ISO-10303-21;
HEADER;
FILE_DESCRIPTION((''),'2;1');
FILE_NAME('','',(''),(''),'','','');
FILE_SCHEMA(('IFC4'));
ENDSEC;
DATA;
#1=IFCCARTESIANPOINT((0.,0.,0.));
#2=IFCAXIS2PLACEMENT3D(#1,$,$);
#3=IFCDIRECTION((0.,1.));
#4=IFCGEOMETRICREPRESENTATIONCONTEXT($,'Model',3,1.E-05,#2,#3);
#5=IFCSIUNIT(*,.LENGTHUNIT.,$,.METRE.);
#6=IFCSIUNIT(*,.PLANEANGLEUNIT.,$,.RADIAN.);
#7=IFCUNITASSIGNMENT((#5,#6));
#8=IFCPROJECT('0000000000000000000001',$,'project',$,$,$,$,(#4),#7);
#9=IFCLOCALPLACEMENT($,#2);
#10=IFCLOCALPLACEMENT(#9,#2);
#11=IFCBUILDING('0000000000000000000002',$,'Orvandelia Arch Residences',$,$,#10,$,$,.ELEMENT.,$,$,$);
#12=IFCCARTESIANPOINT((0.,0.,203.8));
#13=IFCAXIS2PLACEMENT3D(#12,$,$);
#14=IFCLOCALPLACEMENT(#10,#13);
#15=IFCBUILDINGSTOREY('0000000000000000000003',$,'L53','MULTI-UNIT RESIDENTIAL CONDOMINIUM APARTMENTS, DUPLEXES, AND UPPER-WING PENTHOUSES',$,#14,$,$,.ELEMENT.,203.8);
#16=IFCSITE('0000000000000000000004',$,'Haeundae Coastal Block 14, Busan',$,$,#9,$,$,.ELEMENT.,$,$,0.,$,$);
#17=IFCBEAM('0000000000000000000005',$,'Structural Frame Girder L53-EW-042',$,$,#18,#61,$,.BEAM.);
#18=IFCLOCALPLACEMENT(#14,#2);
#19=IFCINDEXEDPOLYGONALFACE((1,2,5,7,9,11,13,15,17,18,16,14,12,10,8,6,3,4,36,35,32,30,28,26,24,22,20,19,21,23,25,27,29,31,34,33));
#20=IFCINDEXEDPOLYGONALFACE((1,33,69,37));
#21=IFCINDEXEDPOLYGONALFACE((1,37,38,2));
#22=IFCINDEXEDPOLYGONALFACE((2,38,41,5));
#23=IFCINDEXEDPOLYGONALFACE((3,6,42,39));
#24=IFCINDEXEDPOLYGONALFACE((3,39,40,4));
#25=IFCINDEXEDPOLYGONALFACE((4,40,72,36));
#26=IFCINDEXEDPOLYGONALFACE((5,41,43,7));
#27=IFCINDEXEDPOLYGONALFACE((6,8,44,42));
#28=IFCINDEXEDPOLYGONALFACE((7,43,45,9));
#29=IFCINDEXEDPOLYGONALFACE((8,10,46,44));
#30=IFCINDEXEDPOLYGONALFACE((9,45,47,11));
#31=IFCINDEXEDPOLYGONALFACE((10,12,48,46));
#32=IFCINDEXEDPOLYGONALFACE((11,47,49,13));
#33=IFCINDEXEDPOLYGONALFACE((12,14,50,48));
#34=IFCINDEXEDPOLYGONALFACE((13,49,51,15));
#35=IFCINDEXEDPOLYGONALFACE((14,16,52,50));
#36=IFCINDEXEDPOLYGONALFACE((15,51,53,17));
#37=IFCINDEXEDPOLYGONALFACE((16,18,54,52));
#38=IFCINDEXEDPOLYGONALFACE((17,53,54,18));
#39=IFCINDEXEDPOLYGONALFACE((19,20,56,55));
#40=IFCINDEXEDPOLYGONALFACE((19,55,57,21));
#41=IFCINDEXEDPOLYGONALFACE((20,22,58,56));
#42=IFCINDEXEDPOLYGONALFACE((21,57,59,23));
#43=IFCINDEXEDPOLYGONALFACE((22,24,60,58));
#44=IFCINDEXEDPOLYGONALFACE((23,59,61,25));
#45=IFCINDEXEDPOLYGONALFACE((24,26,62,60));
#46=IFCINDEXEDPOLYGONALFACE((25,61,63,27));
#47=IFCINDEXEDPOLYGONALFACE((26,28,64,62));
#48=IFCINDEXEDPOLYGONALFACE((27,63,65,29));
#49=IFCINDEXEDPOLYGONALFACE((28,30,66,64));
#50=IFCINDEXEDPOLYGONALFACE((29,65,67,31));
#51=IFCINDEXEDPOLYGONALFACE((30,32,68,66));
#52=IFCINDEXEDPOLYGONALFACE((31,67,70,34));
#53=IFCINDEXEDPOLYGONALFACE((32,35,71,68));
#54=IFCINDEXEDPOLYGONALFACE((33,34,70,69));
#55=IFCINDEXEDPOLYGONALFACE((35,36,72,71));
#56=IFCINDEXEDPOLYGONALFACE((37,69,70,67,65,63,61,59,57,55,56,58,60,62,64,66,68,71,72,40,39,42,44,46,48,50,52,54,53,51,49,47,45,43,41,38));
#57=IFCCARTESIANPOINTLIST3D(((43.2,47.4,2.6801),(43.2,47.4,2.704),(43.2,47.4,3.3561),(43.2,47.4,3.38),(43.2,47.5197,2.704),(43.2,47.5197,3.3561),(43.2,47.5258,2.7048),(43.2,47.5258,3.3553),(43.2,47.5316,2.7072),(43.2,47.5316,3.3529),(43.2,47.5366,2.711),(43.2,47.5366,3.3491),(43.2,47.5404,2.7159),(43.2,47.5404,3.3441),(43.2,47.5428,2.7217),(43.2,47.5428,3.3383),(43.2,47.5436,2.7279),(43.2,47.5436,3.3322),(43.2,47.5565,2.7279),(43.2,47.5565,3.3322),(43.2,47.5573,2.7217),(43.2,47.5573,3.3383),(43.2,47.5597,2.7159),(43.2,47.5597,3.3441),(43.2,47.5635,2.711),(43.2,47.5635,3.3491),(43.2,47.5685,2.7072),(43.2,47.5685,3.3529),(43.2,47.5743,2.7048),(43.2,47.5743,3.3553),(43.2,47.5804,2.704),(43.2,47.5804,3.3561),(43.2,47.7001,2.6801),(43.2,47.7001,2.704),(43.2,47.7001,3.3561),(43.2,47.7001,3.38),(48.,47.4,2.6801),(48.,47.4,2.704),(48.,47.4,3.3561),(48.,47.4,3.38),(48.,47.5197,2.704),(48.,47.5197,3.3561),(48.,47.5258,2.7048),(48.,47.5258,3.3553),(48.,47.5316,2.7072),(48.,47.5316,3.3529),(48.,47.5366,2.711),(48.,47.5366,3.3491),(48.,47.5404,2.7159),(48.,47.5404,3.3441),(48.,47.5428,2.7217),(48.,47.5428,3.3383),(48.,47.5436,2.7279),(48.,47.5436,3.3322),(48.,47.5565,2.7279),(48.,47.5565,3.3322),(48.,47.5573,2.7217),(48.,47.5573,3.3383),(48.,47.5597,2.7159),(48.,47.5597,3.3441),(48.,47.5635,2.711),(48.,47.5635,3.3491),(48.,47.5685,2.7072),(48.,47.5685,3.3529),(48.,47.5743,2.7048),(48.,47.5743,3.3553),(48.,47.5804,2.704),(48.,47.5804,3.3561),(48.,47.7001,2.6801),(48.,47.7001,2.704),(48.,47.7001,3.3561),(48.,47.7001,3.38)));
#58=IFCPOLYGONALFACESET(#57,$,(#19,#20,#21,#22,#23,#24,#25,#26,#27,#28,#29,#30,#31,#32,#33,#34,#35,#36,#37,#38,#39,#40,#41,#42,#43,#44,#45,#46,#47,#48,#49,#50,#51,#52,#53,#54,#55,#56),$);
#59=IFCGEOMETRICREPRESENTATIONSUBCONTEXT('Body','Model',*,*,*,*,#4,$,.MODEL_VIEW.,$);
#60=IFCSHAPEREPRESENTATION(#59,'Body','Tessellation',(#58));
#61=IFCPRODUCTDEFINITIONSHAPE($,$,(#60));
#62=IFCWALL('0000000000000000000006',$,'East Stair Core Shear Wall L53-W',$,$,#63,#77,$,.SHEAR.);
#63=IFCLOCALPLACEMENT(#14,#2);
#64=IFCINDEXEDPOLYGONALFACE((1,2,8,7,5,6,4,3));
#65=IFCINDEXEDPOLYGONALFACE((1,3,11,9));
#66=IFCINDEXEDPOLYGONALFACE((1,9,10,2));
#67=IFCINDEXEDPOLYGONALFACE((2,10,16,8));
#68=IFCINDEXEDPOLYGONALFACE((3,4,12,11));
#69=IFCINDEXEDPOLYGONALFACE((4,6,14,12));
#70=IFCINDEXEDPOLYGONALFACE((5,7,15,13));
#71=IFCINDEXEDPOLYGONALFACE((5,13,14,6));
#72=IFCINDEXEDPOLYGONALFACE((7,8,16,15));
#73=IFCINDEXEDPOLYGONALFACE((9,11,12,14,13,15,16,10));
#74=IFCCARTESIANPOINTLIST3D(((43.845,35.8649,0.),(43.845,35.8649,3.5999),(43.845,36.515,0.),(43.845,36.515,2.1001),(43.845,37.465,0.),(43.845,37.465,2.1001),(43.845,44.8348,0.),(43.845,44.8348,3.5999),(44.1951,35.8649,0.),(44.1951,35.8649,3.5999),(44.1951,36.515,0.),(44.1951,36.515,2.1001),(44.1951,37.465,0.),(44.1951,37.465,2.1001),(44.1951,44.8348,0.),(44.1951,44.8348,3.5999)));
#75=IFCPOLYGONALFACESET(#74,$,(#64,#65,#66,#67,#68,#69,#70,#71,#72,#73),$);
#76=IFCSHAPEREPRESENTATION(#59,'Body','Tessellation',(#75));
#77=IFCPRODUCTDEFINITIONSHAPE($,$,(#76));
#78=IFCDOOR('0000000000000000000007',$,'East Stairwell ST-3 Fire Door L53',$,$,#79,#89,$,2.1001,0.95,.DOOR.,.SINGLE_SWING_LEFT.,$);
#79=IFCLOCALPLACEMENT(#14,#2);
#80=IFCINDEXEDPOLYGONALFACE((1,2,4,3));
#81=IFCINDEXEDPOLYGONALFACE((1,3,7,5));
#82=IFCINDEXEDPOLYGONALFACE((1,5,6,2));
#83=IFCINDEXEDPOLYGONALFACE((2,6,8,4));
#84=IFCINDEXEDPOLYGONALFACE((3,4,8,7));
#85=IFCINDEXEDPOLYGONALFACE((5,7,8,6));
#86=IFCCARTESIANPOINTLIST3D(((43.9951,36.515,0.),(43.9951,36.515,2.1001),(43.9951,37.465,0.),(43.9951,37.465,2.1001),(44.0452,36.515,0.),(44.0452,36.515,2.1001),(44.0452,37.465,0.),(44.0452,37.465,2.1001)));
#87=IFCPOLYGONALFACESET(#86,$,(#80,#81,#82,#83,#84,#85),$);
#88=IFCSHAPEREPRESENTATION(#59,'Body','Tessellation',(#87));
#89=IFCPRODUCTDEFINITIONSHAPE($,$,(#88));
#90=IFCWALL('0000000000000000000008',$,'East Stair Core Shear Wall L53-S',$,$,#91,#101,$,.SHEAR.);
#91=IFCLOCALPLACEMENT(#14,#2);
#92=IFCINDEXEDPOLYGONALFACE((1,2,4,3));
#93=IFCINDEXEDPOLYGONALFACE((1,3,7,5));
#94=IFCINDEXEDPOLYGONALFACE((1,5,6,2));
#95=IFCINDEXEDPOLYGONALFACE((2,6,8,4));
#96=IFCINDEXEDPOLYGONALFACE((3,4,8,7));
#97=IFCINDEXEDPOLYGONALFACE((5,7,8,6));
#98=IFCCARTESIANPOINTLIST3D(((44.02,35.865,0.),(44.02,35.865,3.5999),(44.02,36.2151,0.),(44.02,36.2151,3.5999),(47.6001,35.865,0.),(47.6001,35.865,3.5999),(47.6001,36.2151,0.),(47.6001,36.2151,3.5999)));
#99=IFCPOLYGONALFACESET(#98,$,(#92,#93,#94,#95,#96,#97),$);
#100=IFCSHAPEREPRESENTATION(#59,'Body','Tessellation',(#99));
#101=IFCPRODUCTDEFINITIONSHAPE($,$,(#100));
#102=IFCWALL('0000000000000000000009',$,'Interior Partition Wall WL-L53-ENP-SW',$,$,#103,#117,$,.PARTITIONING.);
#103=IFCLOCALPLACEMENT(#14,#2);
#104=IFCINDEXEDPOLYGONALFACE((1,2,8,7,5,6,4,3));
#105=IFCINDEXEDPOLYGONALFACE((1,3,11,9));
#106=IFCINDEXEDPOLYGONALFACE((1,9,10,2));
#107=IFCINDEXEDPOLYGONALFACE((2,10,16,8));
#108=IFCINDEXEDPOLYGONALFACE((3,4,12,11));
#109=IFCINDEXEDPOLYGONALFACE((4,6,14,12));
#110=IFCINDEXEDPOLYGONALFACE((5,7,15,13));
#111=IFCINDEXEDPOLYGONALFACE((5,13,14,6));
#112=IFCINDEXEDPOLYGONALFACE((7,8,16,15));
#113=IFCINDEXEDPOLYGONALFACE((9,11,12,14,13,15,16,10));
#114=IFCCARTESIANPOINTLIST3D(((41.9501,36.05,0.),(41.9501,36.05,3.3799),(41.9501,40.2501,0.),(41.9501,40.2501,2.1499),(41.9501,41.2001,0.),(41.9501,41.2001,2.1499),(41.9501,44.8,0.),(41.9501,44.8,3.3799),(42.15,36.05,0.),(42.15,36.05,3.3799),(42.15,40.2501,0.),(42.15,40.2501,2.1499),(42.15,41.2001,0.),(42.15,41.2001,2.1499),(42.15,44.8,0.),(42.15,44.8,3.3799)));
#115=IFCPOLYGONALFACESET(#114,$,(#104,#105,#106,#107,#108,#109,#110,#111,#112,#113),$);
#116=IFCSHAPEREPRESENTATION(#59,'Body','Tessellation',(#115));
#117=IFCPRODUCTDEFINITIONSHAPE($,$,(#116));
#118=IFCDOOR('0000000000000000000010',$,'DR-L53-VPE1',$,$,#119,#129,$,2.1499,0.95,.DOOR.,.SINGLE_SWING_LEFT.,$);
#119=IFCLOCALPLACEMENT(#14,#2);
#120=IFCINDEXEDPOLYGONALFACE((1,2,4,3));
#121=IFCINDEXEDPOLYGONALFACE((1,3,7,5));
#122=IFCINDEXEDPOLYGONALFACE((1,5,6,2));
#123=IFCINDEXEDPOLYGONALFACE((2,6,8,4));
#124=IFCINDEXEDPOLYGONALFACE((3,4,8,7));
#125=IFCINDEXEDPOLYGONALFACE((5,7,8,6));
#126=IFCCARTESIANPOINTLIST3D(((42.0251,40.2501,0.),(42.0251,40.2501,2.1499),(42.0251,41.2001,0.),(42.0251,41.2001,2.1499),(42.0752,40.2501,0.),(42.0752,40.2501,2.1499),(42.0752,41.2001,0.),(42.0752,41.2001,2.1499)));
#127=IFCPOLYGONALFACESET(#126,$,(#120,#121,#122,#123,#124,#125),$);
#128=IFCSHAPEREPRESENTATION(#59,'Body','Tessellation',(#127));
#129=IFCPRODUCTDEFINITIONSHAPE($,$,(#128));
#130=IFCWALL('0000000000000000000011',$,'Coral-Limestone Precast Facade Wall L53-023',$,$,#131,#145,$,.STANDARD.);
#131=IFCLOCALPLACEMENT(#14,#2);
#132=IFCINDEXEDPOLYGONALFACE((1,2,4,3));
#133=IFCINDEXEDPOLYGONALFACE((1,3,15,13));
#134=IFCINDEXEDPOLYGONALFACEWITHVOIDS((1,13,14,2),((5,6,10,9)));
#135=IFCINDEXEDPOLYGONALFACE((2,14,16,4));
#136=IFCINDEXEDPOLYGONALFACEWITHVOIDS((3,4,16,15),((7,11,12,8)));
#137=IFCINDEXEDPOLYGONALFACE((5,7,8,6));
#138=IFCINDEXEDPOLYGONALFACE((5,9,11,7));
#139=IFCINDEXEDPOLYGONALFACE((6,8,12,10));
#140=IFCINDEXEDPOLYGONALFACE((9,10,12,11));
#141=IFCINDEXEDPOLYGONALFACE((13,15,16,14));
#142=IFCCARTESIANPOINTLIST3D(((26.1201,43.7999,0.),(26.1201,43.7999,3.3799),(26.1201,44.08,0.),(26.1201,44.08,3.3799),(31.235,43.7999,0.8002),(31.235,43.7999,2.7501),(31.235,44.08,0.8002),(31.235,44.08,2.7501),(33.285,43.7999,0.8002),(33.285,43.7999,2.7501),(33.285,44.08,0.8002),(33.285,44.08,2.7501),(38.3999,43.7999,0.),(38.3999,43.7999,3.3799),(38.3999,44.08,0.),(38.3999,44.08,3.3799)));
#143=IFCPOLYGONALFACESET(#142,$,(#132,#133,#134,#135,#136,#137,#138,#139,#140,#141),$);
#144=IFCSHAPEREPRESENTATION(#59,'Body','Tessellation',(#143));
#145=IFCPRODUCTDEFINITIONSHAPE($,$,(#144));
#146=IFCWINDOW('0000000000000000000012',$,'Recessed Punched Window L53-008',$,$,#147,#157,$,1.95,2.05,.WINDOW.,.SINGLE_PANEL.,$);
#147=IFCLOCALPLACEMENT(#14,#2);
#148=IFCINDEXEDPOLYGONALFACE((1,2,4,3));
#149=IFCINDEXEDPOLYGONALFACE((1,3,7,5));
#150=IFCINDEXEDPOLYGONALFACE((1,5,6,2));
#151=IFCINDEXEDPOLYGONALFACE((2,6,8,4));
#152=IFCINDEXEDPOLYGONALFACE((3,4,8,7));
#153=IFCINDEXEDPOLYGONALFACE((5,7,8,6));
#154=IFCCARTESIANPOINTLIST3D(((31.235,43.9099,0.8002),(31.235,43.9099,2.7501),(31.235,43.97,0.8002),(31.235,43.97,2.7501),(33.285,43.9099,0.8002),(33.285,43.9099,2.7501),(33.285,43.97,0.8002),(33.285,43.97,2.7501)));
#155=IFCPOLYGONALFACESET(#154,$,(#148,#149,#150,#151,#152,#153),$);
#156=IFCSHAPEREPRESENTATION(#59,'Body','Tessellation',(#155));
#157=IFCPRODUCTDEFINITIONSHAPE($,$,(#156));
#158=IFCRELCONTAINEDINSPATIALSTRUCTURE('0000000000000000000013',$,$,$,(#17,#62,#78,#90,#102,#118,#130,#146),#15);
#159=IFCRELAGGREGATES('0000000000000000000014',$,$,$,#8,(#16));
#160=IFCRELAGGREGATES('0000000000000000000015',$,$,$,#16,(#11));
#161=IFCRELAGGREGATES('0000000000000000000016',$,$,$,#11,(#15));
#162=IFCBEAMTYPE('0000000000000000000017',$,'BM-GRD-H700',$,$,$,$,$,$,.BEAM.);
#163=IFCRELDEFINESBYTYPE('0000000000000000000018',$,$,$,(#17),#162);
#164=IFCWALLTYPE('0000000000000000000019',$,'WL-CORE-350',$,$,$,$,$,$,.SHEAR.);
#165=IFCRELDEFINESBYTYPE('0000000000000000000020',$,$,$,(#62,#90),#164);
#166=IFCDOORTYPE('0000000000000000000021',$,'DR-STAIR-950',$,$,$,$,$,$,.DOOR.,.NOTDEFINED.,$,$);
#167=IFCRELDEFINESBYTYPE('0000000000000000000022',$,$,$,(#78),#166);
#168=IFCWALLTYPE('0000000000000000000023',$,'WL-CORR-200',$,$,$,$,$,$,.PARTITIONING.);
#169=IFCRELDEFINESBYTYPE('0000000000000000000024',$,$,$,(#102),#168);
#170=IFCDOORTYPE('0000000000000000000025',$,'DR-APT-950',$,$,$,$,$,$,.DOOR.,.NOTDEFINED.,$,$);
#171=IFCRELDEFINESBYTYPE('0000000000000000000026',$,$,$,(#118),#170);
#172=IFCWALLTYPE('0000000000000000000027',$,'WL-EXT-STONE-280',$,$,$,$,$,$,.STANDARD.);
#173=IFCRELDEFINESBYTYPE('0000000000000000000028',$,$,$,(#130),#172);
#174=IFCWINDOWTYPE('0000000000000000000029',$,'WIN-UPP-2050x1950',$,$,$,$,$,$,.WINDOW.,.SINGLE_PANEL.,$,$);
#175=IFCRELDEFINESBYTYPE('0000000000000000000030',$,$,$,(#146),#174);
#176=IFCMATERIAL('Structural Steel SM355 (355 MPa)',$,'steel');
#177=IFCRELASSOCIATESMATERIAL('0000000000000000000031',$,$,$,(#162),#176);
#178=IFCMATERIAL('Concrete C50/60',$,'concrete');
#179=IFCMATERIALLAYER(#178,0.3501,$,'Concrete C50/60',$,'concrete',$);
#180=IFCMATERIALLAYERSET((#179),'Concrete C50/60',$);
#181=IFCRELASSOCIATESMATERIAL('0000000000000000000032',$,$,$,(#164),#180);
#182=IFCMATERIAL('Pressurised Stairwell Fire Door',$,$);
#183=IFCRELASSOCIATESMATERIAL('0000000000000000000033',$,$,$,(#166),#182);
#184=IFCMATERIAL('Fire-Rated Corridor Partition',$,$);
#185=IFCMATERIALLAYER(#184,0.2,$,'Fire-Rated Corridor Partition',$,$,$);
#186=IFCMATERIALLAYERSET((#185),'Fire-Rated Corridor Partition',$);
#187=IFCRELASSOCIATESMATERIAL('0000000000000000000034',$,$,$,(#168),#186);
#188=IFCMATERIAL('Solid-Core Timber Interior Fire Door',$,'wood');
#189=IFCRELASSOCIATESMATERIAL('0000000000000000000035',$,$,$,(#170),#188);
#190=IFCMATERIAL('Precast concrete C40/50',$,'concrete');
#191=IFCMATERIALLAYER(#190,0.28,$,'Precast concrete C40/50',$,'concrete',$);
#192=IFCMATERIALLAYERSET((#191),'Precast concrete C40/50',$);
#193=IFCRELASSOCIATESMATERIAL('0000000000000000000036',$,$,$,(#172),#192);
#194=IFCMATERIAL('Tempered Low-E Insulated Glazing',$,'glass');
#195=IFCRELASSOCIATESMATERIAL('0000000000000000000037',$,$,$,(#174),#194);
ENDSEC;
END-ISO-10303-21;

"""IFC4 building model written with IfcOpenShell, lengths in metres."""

from ifc_helpers import new_model, si_unit, direction, frame, frame_2d, origin, origin_2d, place, context, subcontext, project, spatial, rectangle, i_section, extrude, material, layer, layer_set, material_profile, profile_set, type_object, element, fill, save


model = new_model("IFC4")

# Units and contexts
model_context = context("Model", 3, precision=1e-05, world=origin(), true_north=direction((0.0, 1.0)))
body_context = subcontext(model_context, "Body", "Model", "MODEL_VIEW")
ifc_project = project(units=[si_unit("LENGTHUNIT", "METRE"), si_unit("PLANEANGLEUNIT", "RADIAN")], contexts=[model_context])

# Site, building, storey
site_placement = place(None, origin())
site = spatial("IfcSite", under=ifc_project, at=site_placement, Name="Haeundae Coastal Block 14, Busan", CompositionType="ELEMENT", RefElevation=0.0)
building_placement = place(site_placement, origin())
building = spatial("IfcBuilding", under=site, at=building_placement, Name="Orvandelia Arch Residences", CompositionType="ELEMENT")
storey_placement = place(building_placement, frame((0.0, 0.0, 203.8)))
storey = spatial("IfcBuildingStorey", under=building, at=storey_placement, Name="L53", Description="MULTI-UNIT RESIDENTIAL CONDOMINIUM APARTMENTS, DUPLEXES, AND UPPER-WING PENTHOUSES", CompositionType="ELEMENT", Elevation=203.8)

# Beam
ifc_material_1 = material(Name="Structural Steel SM355 (355 MPa)", Category="steel")
ifc_material_profile_1 = material_profile(ifc_material_1, i_section(OverallWidth=0.3, OverallDepth=0.7, WebThickness=0.0129, FlangeThickness=0.0239, FilletRadius=0.0239, at=origin_2d()), Name="Structural Steel SM355 (355 MPa)", Category="steel")
ifc_profile_set_1 = profile_set([ifc_material_profile_1], Name="Structural Steel SM355 (355 MPa)")
beam_type = type_object("IfcBeamType", Name="BM-GRD-H700", PredefinedType="BEAM", material=ifc_profile_set_1)
for number, where, z_axis, x_axis, name in (
    (1, (43.2, 47.55, 3.03), (1.0, 0.0, 0.0), (0.0, 1.0, 0.0), "Structural Frame Girder L53-EW-042"),
):
    element("IfcBeam", number, at=place(storey_placement, frame(where, z_axis=z_axis, x_axis=x_axis)), inside=storey, type_object=beam_type, Name=name, PredefinedType="BEAM", context=body_context, shape_type="SweptSolid", body=[
        extrude(i_section(OverallWidth=0.3, OverallDepth=0.7, WebThickness=0.0129, FlangeThickness=0.0239, FilletRadius=0.0239, at=origin_2d()), origin(), (0.0, 0.0, 1.0), 4.8),
    ])

# Wall, opening, door
ifc_material_2 = material(Name="Concrete C50/60", Category="concrete")
ifc_layer_1 = layer(ifc_material_2, 0.3501, Name="Concrete C50/60", Category="concrete")
ifc_layer_set_1 = layer_set([ifc_layer_1], Name="Concrete C50/60")
wall_type_1 = type_object("IfcWallType", Name="WL-CORE-350", PredefinedType="SHEAR", material=ifc_layer_set_1)
wall_1_placement = place(storey_placement, frame((44.02, 35.865, 0.0), z_axis=(0.0, 0.0, 1.0), x_axis=(0.0, 1.0, 0.0)))
wall_1 = element("IfcWall", 2, at=wall_1_placement, inside=storey, type_object=wall_type_1, Name="East Stair Core Shear Wall L53-W", PredefinedType="SHEAR", context=body_context, shape_type="SweptSolid", body=[
    extrude(rectangle(XDim=8.97, YDim=0.3501, at=frame_2d((4.4849, 0.0))), origin(), (0.0, 0.0, 1.0), 3.5999),
])
opening_1_placement = place(wall_1_placement, frame((0.6499, 0.0, 0.0)))
opening_1 = element("IfcOpeningElement", 3, at=opening_1_placement, cuts=wall_1, PredefinedType="OPENING", context=body_context, shape_type="SweptSolid", body=[
    extrude(rectangle(XDim=0.95, YDim=2.1001, at=frame_2d((0.4751, 1.05))), frame((0.0, 0.1851, 0.0), z_axis=(0.0, -1.0, 0.0), x_axis=(1.0, 0.0, 0.0)), (0.0, 0.0, 1.0), 0.3701),
])
ifc_material_3 = material(Name="Pressurised Stairwell Fire Door")
door_type_1 = type_object("IfcDoorType", Name="DR-STAIR-950", OperationType="NOTDEFINED", PredefinedType="DOOR", material=ifc_material_3)
door_1_placement = place(opening_1_placement, origin())
door_1 = element("IfcDoor", 4, at=door_1_placement, inside=storey, type_object=door_type_1, Name="East Stairwell ST-3 Fire Door L53", OperationType="SINGLE_SWING_LEFT", OverallHeight=2.1001, OverallWidth=0.95, PredefinedType="DOOR", context=body_context, shape_type="SweptSolid", body=[
    extrude(rectangle(XDim=0.95, YDim=2.1001, at=frame_2d((0.4751, 1.05))), frame((0.0, 0.0249, 0.0), z_axis=(0.0, -1.0, 0.0), x_axis=(1.0, 0.0, 0.0)), (0.0, 0.0, 1.0), 0.05),
])
fill(opening_1, door_1)

# Wall
wall_2_placement = place(storey_placement, frame((44.02, 36.04, 0.0), z_axis=(0.0, 0.0, 1.0), x_axis=(1.0, 0.0, 0.0)))
element("IfcWall", 5, at=wall_2_placement, inside=storey, type_object=wall_type_1, Name="East Stair Core Shear Wall L53-S", PredefinedType="SHEAR", context=body_context, shape_type="SweptSolid", body=[
    extrude(rectangle(XDim=3.5801, YDim=0.3501, at=frame_2d((1.79, 0.0))), origin(), (0.0, 0.0, 1.0), 3.5999),
])

# Wall, opening, door
ifc_material_4 = material(Name="Fire-Rated Corridor Partition")
ifc_layer_2 = layer(ifc_material_4, 0.2, Name="Fire-Rated Corridor Partition")
ifc_layer_set_2 = layer_set([ifc_layer_2], Name="Fire-Rated Corridor Partition")
wall_type_2 = type_object("IfcWallType", Name="WL-CORR-200", PredefinedType="PARTITIONING", material=ifc_layer_set_2)
wall_3_placement = place(storey_placement, frame((42.05, 36.05, 0.0), z_axis=(0.0, 0.0, 1.0), x_axis=(0.0, 1.0, 0.0)))
wall_3 = element("IfcWall", 6, at=wall_3_placement, inside=storey, type_object=wall_type_2, Name="Interior Partition Wall WL-L53-ENP-SW", PredefinedType="PARTITIONING", context=body_context, shape_type="SweptSolid", body=[
    extrude(rectangle(XDim=8.75, YDim=0.2, at=frame_2d((4.375, 0.0))), origin(), (0.0, 0.0, 1.0), 3.3799),
])
opening_2_placement = place(wall_3_placement, frame((4.2, 0.0, 0.0)))
opening_2 = element("IfcOpeningElement", 7, at=opening_2_placement, cuts=wall_3, PredefinedType="OPENING", context=body_context, shape_type="SweptSolid", body=[
    extrude(rectangle(XDim=0.95, YDim=2.1499, at=frame_2d((0.4751, 1.075))), frame((0.0, 0.1099, 0.0), z_axis=(0.0, -1.0, 0.0), x_axis=(1.0, 0.0, 0.0)), (0.0, 0.0, 1.0), 0.22),
])
ifc_material_5 = material(Name="Solid-Core Timber Interior Fire Door", Category="wood")
door_type_2 = type_object("IfcDoorType", Name="DR-APT-950", OperationType="NOTDEFINED", PredefinedType="DOOR", material=ifc_material_5)
door_2_placement = place(opening_2_placement, origin())
door_2 = element("IfcDoor", 8, at=door_2_placement, inside=storey, type_object=door_type_2, Name="DR-L53-VPE1", OperationType="SINGLE_SWING_LEFT", OverallHeight=2.1499, OverallWidth=0.95, PredefinedType="DOOR", context=body_context, shape_type="SweptSolid", body=[
    extrude(rectangle(XDim=0.95, YDim=2.1499, at=frame_2d((0.4751, 1.075))), frame((0.0, 0.0249, 0.0), z_axis=(0.0, -1.0, 0.0), x_axis=(1.0, 0.0, 0.0)), (0.0, 0.0, 1.0), 0.05),
])
fill(opening_2, door_2)

# Wall, opening, window
ifc_material_6 = material(Name="Precast concrete C40/50", Category="concrete")
ifc_layer_3 = layer(ifc_material_6, 0.28, Name="Precast concrete C40/50", Category="concrete")
ifc_layer_set_3 = layer_set([ifc_layer_3], Name="Precast concrete C40/50")
wall_type_3 = type_object("IfcWallType", Name="WL-EXT-STONE-280", PredefinedType="STANDARD", material=ifc_layer_set_3)
wall_4_placement = place(storey_placement, frame((38.3999, 43.9399, 0.0), z_axis=(0.0, 0.0, 1.0), x_axis=(-1.0, 0.0, 0.0)))
wall_4 = element("IfcWall", 9, at=wall_4_placement, inside=storey, type_object=wall_type_3, Name="Coral-Limestone Precast Facade Wall L53-023", PredefinedType="STANDARD", context=body_context, shape_type="SweptSolid", body=[
    extrude(rectangle(XDim=12.2798, YDim=0.28, at=frame_2d((6.1399, 0.0))), origin(), (0.0, 0.0, 1.0), 3.3799),
])
opening_3_placement = place(wall_4_placement, frame((5.115, 0.0, 0.8)))
opening_3 = element("IfcOpeningElement", 10, at=opening_3_placement, cuts=wall_4, PredefinedType="OPENING", context=body_context, shape_type="SweptSolid", body=[
    extrude(rectangle(XDim=2.05, YDim=1.95, at=frame_2d((1.0249, 0.9751))), frame((0.0, 0.1499, 0.0), z_axis=(0.0, -1.0, 0.0), x_axis=(1.0, 0.0, 0.0)), (0.0, 0.0, 1.0), 0.3),
])
ifc_material_7 = material(Name="Tempered Low-E Insulated Glazing", Category="glass")
window_type = type_object("IfcWindowType", Name="WIN-UPP-2050x1950", PartitioningType="SINGLE_PANEL", PredefinedType="WINDOW", material=ifc_material_7)
window_1_placement = place(opening_3_placement, origin())
window_1 = element("IfcWindow", 11, at=window_1_placement, inside=storey, type_object=window_type, Name="Recessed Punched Window L53-008", OverallHeight=1.95, OverallWidth=2.05, PartitioningType="SINGLE_PANEL", PredefinedType="WINDOW", context=body_context, shape_type="SweptSolid", body=[
    extrude(rectangle(XDim=2.05, YDim=1.95, at=frame_2d((1.0249, 0.9751))), frame((0.0, 0.03, 0.0), z_axis=(0.0, -1.0, 0.0), x_axis=(1.0, 0.0, 0.0)), (0.0, 0.0, 1.0), 0.0601),
])
fill(opening_3, window_1)

save(model, "model.ifc")
